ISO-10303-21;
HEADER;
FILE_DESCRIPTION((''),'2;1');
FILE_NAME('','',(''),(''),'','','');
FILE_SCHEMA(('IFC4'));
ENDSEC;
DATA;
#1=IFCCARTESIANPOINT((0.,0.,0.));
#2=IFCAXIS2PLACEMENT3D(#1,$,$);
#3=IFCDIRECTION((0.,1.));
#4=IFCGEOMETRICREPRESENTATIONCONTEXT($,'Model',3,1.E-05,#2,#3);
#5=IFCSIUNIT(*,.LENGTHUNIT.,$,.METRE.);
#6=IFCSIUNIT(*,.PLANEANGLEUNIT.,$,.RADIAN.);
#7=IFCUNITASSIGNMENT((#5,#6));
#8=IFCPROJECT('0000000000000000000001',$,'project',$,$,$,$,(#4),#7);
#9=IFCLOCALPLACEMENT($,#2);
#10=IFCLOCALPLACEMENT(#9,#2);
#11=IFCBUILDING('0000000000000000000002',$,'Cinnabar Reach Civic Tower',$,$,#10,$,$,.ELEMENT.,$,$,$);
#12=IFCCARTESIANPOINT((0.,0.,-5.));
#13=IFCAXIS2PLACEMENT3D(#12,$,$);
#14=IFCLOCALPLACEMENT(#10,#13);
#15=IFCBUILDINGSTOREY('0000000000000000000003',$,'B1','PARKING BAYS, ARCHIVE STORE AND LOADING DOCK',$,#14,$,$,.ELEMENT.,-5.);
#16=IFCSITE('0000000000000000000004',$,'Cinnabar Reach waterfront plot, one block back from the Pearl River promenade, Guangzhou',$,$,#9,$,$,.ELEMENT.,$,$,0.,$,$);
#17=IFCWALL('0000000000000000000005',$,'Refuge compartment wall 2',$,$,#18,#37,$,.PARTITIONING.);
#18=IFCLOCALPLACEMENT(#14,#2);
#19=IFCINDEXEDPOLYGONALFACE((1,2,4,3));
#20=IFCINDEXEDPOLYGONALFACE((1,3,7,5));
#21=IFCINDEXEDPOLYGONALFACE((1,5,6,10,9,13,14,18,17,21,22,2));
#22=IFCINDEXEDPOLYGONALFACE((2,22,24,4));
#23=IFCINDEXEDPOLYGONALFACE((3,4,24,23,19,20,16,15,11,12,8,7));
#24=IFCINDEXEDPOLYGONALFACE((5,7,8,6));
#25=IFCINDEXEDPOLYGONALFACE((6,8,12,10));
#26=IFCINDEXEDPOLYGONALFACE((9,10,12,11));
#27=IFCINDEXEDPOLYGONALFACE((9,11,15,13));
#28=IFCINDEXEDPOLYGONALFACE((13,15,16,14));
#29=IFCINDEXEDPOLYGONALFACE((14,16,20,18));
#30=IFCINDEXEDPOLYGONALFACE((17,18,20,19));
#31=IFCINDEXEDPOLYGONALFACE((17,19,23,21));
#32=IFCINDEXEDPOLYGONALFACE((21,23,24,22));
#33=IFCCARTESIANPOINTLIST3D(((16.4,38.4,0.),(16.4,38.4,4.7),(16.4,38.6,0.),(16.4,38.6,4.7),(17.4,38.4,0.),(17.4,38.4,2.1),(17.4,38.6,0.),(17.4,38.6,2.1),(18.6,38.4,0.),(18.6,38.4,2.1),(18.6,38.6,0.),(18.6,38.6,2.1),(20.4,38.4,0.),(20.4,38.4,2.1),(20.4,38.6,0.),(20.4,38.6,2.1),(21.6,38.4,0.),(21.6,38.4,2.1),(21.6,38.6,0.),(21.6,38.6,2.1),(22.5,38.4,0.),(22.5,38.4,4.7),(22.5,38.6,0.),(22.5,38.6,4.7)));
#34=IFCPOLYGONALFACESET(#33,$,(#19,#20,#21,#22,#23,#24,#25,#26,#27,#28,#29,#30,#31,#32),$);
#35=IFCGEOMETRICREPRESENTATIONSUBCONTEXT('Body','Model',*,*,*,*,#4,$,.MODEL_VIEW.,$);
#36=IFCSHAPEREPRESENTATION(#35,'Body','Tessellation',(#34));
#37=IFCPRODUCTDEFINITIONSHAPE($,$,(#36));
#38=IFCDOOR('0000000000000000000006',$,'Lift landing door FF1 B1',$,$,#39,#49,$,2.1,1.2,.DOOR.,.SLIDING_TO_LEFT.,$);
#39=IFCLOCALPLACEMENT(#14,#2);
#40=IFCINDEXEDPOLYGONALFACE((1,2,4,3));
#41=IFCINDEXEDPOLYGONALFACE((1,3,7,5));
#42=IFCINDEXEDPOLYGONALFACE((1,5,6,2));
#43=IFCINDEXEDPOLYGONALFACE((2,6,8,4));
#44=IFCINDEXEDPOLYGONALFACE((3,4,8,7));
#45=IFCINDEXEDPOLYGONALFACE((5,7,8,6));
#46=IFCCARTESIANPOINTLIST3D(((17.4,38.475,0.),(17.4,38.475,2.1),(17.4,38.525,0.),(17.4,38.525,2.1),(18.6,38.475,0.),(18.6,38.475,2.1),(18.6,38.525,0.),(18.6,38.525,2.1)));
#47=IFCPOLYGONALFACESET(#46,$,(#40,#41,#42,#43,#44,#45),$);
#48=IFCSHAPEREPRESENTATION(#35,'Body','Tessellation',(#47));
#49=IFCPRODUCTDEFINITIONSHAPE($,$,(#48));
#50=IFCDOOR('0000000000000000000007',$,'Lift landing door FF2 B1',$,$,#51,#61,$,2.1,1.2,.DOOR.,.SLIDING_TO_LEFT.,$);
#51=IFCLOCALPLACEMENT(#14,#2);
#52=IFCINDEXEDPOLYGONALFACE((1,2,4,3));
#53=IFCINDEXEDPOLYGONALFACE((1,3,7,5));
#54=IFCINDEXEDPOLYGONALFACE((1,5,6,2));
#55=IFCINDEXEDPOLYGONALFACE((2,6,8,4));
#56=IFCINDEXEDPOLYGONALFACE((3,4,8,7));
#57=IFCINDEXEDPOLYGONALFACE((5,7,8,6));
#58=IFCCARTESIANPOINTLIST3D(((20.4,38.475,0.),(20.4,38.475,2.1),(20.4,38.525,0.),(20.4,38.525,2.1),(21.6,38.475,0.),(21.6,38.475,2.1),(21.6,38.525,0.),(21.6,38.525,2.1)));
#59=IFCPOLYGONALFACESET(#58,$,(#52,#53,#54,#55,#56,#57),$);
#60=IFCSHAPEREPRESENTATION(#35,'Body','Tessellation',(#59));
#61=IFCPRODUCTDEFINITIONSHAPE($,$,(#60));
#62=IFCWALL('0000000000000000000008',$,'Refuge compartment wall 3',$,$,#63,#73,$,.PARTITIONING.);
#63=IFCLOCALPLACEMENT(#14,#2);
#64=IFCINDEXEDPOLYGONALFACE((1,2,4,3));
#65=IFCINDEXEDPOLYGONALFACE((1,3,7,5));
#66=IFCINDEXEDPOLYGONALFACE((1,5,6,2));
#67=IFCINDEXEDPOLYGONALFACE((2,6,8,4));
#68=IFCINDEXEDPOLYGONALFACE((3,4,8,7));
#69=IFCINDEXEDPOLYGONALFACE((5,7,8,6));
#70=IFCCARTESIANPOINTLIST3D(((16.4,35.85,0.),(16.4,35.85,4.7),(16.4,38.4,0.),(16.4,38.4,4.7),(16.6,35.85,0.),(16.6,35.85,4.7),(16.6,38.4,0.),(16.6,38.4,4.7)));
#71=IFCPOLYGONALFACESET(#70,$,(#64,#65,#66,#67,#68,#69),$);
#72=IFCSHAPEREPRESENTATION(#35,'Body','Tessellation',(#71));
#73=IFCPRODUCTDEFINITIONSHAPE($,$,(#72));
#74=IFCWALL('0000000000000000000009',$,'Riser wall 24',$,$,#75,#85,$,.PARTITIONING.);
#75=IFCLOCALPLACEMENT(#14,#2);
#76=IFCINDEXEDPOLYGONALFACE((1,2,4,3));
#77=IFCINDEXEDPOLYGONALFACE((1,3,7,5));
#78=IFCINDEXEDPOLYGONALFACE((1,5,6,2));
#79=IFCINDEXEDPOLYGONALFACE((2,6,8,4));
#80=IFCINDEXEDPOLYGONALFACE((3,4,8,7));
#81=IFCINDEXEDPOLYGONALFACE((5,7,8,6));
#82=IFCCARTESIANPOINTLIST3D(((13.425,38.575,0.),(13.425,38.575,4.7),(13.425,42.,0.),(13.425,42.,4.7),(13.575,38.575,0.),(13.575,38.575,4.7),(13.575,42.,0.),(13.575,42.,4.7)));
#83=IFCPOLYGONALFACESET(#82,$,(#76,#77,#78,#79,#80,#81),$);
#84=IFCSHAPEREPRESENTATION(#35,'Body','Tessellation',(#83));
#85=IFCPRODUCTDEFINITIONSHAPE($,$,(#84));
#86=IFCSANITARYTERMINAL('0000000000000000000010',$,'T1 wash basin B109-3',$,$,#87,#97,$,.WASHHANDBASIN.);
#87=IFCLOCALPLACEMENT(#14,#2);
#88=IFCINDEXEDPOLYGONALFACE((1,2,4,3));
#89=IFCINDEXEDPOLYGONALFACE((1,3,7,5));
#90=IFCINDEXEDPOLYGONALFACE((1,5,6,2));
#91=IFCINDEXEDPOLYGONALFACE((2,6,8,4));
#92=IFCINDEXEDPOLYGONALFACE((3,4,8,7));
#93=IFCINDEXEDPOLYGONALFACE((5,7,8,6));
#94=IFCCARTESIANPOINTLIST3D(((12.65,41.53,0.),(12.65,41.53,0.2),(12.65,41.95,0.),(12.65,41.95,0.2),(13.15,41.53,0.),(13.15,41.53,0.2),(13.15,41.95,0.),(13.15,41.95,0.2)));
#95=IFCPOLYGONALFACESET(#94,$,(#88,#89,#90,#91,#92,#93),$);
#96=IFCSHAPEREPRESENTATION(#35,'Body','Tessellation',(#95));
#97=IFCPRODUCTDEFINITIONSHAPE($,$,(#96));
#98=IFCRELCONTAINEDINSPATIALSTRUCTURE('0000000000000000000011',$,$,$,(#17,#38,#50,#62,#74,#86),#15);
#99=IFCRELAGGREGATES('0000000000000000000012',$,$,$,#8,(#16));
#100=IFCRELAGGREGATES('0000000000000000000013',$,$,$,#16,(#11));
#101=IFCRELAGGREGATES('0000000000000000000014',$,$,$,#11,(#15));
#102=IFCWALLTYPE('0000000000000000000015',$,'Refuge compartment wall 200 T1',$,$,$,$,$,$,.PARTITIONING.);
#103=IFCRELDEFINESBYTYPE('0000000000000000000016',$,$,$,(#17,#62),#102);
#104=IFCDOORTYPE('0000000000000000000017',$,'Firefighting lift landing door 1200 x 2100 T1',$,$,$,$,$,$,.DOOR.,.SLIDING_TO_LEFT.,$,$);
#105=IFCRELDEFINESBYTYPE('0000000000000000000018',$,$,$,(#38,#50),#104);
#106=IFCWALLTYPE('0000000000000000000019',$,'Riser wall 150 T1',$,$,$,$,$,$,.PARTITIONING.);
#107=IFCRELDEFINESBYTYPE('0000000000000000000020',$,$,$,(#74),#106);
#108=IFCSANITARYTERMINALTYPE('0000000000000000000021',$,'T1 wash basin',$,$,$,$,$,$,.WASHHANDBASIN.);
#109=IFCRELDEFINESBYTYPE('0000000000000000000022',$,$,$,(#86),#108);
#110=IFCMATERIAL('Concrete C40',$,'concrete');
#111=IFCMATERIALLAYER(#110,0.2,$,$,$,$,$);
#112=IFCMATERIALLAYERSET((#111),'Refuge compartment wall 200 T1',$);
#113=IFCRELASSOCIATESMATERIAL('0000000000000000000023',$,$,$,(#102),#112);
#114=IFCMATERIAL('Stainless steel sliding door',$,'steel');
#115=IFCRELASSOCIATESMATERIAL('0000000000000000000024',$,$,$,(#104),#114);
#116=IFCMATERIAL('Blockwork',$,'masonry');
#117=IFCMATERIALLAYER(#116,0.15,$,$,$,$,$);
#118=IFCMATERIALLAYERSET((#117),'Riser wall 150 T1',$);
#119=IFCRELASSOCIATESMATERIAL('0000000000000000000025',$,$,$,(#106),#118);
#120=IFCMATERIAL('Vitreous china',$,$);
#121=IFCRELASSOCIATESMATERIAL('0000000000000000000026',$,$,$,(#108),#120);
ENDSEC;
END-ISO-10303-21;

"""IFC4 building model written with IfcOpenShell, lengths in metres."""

from ifc_helpers import new_model, si_unit, direction, frame, frame_2d, origin, origin_2d, place, context, subcontext, project, spatial, rectangle, extrude, material, layer, layer_set, type_object, element, fill, save


model = new_model("IFC4")

# Units and contexts
model_context = context("Model", 3, precision=1e-05, world=origin(), true_north=direction((0.0, 1.0)))
body_context = subcontext(model_context, "Body", "Model", "MODEL_VIEW")
ifc_project = project(units=[si_unit("LENGTHUNIT", "METRE"), si_unit("PLANEANGLEUNIT", "RADIAN")], contexts=[model_context])

# Site, building, storey
site_placement = place(None, origin())
site = spatial("IfcSite", under=ifc_project, at=site_placement, Name="Cinnabar Reach waterfront plot, one block back from the Pearl River promenade, Guangzhou", CompositionType="ELEMENT", RefElevation=0.0)
building_placement = place(site_placement, origin())
building = spatial("IfcBuilding", under=site, at=building_placement, Name="Cinnabar Reach Civic Tower", CompositionType="ELEMENT")
storey_placement = place(building_placement, frame((0.0, 0.0, -5.0)))
storey = spatial("IfcBuildingStorey", under=building, at=storey_placement, Name="B1", Description="PARKING BAYS, ARCHIVE STORE AND LOADING DOCK", CompositionType="ELEMENT", Elevation=-5.0)

# Shared definitions
ifc_material_1 = material(Name="Blockwork", Category="masonry")
ifc_material_2 = material(Name="Concrete C40", Category="concrete")
ifc_layer_1 = layer(ifc_material_2, 0.2)
ifc_layer_set_1 = layer_set([ifc_layer_1], Name="Refuge compartment wall 200 T1")
wall_type_1 = type_object("IfcWallType", Name="Refuge compartment wall 200 T1", PredefinedType="PARTITIONING", material=ifc_layer_set_1)

# Wall, openings, doors
wall_1_placement = place(storey_placement, frame((16.4, 38.5, 0.0), z_axis=(0.0, 0.0, 1.0), x_axis=(1.0, 0.0, 0.0)))
wall_1 = element("IfcWall", 1, at=wall_1_placement, inside=storey, type_object=wall_type_1, Name="Refuge compartment wall 2", PredefinedType="PARTITIONING", context=body_context, shape_type="SweptSolid", body=[
    extrude(rectangle(XDim=6.1, YDim=0.2, at=frame_2d((3.05, 0.0))), origin(), (0.0, 0.0, 1.0), 4.7),
])
opening_1_placement = place(wall_1_placement, frame((1.0, 0.0, 0.0)))
opening_1 = element("IfcOpeningElement", 2, at=opening_1_placement, cuts=wall_1, PredefinedType="OPENING", context=body_context, shape_type="SweptSolid", body=[
    extrude(rectangle(XDim=1.2, YDim=2.1, at=frame_2d((0.6, 1.05))), frame((0.0, 0.11, 0.0), z_axis=(0.0, -1.0, 0.0), x_axis=(1.0, 0.0, 0.0)), (0.0, 0.0, 1.0), 0.22),
])
opening_2_placement = place(wall_1_placement, frame((4.0, 0.0, 0.0)))
opening_2 = element("IfcOpeningElement", 3, at=opening_2_placement, cuts=wall_1, PredefinedType="OPENING", context=body_context, shape_type="SweptSolid", body=[
    extrude(rectangle(XDim=1.2, YDim=2.1, at=frame_2d((0.6, 1.05))), frame((0.0, 0.11, 0.0), z_axis=(0.0, -1.0, 0.0), x_axis=(1.0, 0.0, 0.0)), (0.0, 0.0, 1.0), 0.22),
])
ifc_material_3 = material(Name="Stainless steel sliding door", Category="steel")
door_type_1 = type_object("IfcDoorType", Name="Firefighting lift landing door 1200 x 2100 T1", OperationType="SLIDING_TO_LEFT", PredefinedType="DOOR", material=ifc_material_3)
door_1_placement = place(opening_1_placement, origin())
door_1 = element("IfcDoor", 4, at=door_1_placement, inside=storey, type_object=door_type_1, Name="Lift landing door FF1 B1", OperationType="SLIDING_TO_LEFT", OverallHeight=2.1, OverallWidth=1.2, PredefinedType="DOOR", context=body_context, shape_type="SweptSolid", body=[
    extrude(rectangle(XDim=1.2, YDim=2.1, at=frame_2d((0.6, 1.05))), frame((0.0, 0.025, 0.0), z_axis=(0.0, -1.0, 0.0), x_axis=(1.0, 0.0, 0.0)), (0.0, 0.0, 1.0), 0.05),
])
fill(opening_1, door_1)
door_2_placement = place(opening_2_placement, origin())
door_2 = element("IfcDoor", 5, at=door_2_placement, inside=storey, type_object=door_type_1, Name="Lift landing door FF2 B1", OperationType="SLIDING_TO_LEFT", OverallHeight=2.1, OverallWidth=1.2, PredefinedType="DOOR", context=body_context, shape_type="SweptSolid", body=[
    extrude(rectangle(XDim=1.2, YDim=2.1, at=frame_2d((0.6, 1.05))), frame((0.0, 0.025, 0.0), z_axis=(0.0, -1.0, 0.0), x_axis=(1.0, 0.0, 0.0)), (0.0, 0.0, 1.0), 0.05),
])
fill(opening_2, door_2)

# Walls
wall_2_placement = place(storey_placement, frame((16.5, 35.85, 0.0), z_axis=(0.0, 0.0, 1.0), x_axis=(0.0, 1.0, 0.0)))
element("IfcWall", 6, at=wall_2_placement, inside=storey, type_object=wall_type_1, Name="Refuge compartment wall 3", PredefinedType="PARTITIONING", context=body_context, shape_type="SweptSolid", body=[
    extrude(rectangle(XDim=2.55, YDim=0.2, at=frame_2d((1.275, 0.0))), origin(), (0.0, 0.0, 1.0), 4.7),
])
ifc_layer_2 = layer(ifc_material_1, 0.15)
ifc_layer_set_2 = layer_set([ifc_layer_2], Name="Riser wall 150 T1")
wall_type_2 = type_object("IfcWallType", Name="Riser wall 150 T1", PredefinedType="PARTITIONING", material=ifc_layer_set_2)
wall_3_placement = place(storey_placement, frame((13.5, 38.575, 0.0), z_axis=(0.0, 0.0, 1.0), x_axis=(0.0, 1.0, 0.0)))
element("IfcWall", 7, at=wall_3_placement, inside=storey, type_object=wall_type_2, Name="Riser wall 24", PredefinedType="PARTITIONING", context=body_context, shape_type="SweptSolid", body=[
    extrude(rectangle(XDim=3.425, YDim=0.15, at=frame_2d((1.7125, 0.0))), origin(), (0.0, 0.0, 1.0), 4.7),
])

# Sanitary terminal
ifc_material_4 = material(Name="Vitreous china")
sanitary_terminal_type = type_object("IfcSanitaryTerminalType", Name="T1 wash basin", PredefinedType="WASHHANDBASIN", material=ifc_material_4)
sanitary_terminal_placement = place(storey_placement, frame((12.9, 41.74, 0.0), z_axis=(0.0, 0.0, 1.0), x_axis=(1.0, 0.0, 0.0)))
element("IfcSanitaryTerminal", 8, at=sanitary_terminal_placement, inside=storey, type_object=sanitary_terminal_type, Name="T1 wash basin B109-3", PredefinedType="WASHHANDBASIN", context=body_context, shape_type="SweptSolid", body=[
    extrude(rectangle(XDim=0.5, YDim=0.42, at=origin_2d()), origin(), (0.0, 0.0, 1.0), 0.2),
])

save(model, "model.ifc")
